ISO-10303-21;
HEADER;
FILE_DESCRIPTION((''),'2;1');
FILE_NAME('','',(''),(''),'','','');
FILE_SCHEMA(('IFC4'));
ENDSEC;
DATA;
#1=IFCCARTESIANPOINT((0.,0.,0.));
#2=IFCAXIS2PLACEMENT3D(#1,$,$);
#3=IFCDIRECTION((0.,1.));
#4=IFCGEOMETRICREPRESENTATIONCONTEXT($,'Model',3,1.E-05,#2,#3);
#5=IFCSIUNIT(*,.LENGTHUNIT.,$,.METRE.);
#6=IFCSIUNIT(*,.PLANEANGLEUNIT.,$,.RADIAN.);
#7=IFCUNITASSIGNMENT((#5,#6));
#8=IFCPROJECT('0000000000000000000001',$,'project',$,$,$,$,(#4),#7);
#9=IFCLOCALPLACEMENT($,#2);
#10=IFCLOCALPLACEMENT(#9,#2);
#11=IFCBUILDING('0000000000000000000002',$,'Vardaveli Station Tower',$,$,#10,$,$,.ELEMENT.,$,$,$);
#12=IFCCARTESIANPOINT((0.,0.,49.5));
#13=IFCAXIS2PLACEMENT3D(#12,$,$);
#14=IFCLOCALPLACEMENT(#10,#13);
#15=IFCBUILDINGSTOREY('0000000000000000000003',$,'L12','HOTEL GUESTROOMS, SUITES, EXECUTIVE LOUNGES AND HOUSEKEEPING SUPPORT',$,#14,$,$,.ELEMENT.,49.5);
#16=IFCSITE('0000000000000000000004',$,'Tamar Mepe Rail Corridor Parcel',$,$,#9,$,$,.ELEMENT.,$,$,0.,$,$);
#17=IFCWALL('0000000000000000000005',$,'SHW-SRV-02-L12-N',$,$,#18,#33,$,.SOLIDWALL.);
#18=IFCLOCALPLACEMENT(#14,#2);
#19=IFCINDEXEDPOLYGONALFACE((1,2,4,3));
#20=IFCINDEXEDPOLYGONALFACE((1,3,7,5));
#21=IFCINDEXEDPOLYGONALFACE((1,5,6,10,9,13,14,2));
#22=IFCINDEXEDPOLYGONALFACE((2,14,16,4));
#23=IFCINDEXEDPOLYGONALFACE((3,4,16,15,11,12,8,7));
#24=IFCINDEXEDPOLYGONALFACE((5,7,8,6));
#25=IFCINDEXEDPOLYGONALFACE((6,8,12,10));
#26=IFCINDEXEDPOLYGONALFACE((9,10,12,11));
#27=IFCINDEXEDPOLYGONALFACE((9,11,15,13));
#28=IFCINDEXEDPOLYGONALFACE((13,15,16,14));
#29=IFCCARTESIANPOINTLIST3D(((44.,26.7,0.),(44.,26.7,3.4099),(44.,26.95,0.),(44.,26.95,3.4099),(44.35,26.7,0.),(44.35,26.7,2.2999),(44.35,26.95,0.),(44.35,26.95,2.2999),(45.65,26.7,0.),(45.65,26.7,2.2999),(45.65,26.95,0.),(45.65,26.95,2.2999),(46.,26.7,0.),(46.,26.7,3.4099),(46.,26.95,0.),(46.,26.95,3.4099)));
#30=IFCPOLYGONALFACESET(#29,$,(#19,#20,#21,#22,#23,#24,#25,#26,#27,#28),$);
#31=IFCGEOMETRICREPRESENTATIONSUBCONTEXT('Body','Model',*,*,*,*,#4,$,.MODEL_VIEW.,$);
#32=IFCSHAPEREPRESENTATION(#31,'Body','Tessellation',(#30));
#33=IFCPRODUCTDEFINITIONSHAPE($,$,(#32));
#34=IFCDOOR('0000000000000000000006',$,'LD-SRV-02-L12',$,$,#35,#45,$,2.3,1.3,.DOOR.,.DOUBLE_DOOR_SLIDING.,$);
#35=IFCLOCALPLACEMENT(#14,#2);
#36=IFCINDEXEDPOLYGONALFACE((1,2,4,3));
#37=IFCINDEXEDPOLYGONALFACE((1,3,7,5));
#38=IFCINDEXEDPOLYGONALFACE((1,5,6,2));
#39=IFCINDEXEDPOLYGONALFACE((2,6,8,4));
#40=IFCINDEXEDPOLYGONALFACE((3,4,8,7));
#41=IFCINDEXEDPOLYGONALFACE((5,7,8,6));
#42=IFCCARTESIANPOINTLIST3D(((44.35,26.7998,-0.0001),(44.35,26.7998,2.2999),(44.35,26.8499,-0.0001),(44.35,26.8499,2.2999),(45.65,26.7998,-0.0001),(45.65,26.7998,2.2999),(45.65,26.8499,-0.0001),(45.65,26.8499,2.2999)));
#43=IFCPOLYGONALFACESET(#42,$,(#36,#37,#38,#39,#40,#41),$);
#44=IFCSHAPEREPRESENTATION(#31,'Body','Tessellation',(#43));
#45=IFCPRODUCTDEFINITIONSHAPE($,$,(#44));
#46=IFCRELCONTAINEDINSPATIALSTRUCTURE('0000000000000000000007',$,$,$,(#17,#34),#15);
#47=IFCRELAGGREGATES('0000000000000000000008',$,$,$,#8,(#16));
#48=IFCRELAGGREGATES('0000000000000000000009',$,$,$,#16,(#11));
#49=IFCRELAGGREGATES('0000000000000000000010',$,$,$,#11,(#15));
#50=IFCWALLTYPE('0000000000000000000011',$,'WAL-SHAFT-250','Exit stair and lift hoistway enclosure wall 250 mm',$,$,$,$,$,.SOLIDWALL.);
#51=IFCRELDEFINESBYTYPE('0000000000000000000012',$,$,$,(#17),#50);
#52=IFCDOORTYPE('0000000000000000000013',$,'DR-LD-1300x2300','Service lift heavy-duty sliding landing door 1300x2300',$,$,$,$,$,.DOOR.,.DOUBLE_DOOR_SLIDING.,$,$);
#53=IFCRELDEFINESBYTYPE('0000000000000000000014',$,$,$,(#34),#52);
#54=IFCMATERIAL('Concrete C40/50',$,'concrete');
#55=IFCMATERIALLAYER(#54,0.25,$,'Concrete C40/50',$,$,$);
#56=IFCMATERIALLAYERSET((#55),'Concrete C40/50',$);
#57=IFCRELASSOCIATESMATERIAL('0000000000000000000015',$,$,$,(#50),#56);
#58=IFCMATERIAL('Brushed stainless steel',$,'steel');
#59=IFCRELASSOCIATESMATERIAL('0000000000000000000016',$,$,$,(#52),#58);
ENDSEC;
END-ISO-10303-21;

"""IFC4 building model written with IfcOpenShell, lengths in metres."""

from ifc_helpers import new_model, si_unit, direction, frame, frame_2d, origin, place, context, subcontext, project, spatial, rectangle, extrude, source, transform, mapped, material, layer, layer_set, type_object, element, fill, save


model = new_model("IFC4")

# Units and contexts
model_context = context("Model", 3, precision=1e-05, world=origin(), true_north=direction((0.0, 1.0)))
body_context = subcontext(model_context, "Body", "Model", "MODEL_VIEW")
ifc_project = project(units=[si_unit("LENGTHUNIT", "METRE"), si_unit("PLANEANGLEUNIT", "RADIAN")], contexts=[model_context])

# Site, building, storey
site_placement = place(None, origin())
site = spatial("IfcSite", under=ifc_project, at=site_placement, Name="Tamar Mepe Rail Corridor Parcel", CompositionType="ELEMENT", RefElevation=0.0)
building_placement = place(site_placement, origin())
building = spatial("IfcBuilding", under=site, at=building_placement, Name="Vardaveli Station Tower", CompositionType="ELEMENT")
storey_placement = place(building_placement, frame((0.0, 0.0, 49.5)))
storey = spatial("IfcBuildingStorey", under=building, at=storey_placement, Name="L12", Description="HOTEL GUESTROOMS, SUITES, EXECUTIVE LOUNGES AND HOUSEKEEPING SUPPORT", CompositionType="ELEMENT", Elevation=49.5)

# Shared definitions
ifc_material_1 = material(Name="Concrete C40/50", Category="concrete")
ifc_layer_1 = layer(ifc_material_1, 0.25, Name="Concrete C40/50")
ifc_layer_set_1 = layer_set([ifc_layer_1], Name="Concrete C40/50")
wall_type_1 = type_object("IfcWallType", Name="WAL-SHAFT-250", Description="Exit stair and lift hoistway enclosure wall 250 mm", PredefinedType="SOLIDWALL", material=ifc_layer_set_1)

# Shared definitions
shared_shape_1 = source(origin(), body_context, "Body", "SweptSolid", [
    extrude(rectangle(XDim=1.3, YDim=2.3, at=frame_2d((0.6499, 1.1499))), frame((0.0, 0.135, 0.0), z_axis=(0.0, -1.0, 0.0), x_axis=(1.0, 0.0, 0.0)), (0.0, 0.0, 1.0), 0.27),
])
ifc_material_2 = material(Name="Brushed stainless steel", Category="steel")
door_type = type_object("IfcDoorType", Name="DR-LD-1300x2300", Description="Service lift heavy-duty sliding landing door 1300x2300", OperationType="DOUBLE_DOOR_SLIDING", PredefinedType="DOOR", material=ifc_material_2)
shared_shape_2 = source(origin(), body_context, "Body", "SweptSolid", [
    extrude(rectangle(XDim=1.3, YDim=2.3, at=frame_2d((0.6499, 1.1499))), frame((0.0, 0.0249, 0.0), z_axis=(0.0, -1.0, 0.0), x_axis=(1.0, 0.0, 0.0)), (0.0, 0.0, 1.0), 0.05),
])

# Shared definitions
shared_shape_3 = source(origin(), body_context, "Body", "SweptSolid", [
    extrude(rectangle(XDim=2.0, YDim=0.25, at=frame_2d((1.0, 0.0))), origin(), (0.0, 0.0, 1.0), 3.4099),
])

# Wall, opening, door
wall_1_placement = place(storey_placement, frame((44.0, 26.825, 0.0), z_axis=(0.0, 0.0, 1.0), x_axis=(1.0, 0.0, 0.0)))
wall_1 = element("IfcWall", 1, at=wall_1_placement, inside=storey, type_object=wall_type_1, Name="SHW-SRV-02-L12-N", PredefinedType="SOLIDWALL", context=body_context, shape_type="MappedRepresentation", body=[
    mapped(shared_shape_3, transform((0.0, 0.0, 0.0), scale=1.0)),
])
opening_1_placement = place(wall_1_placement, frame((0.3501, 0.0, 0.0)))
opening_1 = element("IfcOpeningElement", 2, at=opening_1_placement, cuts=wall_1, PredefinedType="OPENING", context=body_context, shape_type="MappedRepresentation", body=[
    mapped(shared_shape_1, transform((0.0, 0.0, 0.0), scale=1.0)),
])
door_1_placement = place(opening_1_placement, origin())
door_1 = element("IfcDoor", 3, at=door_1_placement, inside=storey, type_object=door_type, Name="LD-SRV-02-L12", OperationType="DOUBLE_DOOR_SLIDING", OverallHeight=2.3, OverallWidth=1.3, PredefinedType="DOOR", context=body_context, shape_type="MappedRepresentation", body=[
    mapped(shared_shape_2, transform((0.0, 0.0, 0.0), scale=1.0)),
])
fill(opening_1, door_1)

save(model, "model.ifc")
